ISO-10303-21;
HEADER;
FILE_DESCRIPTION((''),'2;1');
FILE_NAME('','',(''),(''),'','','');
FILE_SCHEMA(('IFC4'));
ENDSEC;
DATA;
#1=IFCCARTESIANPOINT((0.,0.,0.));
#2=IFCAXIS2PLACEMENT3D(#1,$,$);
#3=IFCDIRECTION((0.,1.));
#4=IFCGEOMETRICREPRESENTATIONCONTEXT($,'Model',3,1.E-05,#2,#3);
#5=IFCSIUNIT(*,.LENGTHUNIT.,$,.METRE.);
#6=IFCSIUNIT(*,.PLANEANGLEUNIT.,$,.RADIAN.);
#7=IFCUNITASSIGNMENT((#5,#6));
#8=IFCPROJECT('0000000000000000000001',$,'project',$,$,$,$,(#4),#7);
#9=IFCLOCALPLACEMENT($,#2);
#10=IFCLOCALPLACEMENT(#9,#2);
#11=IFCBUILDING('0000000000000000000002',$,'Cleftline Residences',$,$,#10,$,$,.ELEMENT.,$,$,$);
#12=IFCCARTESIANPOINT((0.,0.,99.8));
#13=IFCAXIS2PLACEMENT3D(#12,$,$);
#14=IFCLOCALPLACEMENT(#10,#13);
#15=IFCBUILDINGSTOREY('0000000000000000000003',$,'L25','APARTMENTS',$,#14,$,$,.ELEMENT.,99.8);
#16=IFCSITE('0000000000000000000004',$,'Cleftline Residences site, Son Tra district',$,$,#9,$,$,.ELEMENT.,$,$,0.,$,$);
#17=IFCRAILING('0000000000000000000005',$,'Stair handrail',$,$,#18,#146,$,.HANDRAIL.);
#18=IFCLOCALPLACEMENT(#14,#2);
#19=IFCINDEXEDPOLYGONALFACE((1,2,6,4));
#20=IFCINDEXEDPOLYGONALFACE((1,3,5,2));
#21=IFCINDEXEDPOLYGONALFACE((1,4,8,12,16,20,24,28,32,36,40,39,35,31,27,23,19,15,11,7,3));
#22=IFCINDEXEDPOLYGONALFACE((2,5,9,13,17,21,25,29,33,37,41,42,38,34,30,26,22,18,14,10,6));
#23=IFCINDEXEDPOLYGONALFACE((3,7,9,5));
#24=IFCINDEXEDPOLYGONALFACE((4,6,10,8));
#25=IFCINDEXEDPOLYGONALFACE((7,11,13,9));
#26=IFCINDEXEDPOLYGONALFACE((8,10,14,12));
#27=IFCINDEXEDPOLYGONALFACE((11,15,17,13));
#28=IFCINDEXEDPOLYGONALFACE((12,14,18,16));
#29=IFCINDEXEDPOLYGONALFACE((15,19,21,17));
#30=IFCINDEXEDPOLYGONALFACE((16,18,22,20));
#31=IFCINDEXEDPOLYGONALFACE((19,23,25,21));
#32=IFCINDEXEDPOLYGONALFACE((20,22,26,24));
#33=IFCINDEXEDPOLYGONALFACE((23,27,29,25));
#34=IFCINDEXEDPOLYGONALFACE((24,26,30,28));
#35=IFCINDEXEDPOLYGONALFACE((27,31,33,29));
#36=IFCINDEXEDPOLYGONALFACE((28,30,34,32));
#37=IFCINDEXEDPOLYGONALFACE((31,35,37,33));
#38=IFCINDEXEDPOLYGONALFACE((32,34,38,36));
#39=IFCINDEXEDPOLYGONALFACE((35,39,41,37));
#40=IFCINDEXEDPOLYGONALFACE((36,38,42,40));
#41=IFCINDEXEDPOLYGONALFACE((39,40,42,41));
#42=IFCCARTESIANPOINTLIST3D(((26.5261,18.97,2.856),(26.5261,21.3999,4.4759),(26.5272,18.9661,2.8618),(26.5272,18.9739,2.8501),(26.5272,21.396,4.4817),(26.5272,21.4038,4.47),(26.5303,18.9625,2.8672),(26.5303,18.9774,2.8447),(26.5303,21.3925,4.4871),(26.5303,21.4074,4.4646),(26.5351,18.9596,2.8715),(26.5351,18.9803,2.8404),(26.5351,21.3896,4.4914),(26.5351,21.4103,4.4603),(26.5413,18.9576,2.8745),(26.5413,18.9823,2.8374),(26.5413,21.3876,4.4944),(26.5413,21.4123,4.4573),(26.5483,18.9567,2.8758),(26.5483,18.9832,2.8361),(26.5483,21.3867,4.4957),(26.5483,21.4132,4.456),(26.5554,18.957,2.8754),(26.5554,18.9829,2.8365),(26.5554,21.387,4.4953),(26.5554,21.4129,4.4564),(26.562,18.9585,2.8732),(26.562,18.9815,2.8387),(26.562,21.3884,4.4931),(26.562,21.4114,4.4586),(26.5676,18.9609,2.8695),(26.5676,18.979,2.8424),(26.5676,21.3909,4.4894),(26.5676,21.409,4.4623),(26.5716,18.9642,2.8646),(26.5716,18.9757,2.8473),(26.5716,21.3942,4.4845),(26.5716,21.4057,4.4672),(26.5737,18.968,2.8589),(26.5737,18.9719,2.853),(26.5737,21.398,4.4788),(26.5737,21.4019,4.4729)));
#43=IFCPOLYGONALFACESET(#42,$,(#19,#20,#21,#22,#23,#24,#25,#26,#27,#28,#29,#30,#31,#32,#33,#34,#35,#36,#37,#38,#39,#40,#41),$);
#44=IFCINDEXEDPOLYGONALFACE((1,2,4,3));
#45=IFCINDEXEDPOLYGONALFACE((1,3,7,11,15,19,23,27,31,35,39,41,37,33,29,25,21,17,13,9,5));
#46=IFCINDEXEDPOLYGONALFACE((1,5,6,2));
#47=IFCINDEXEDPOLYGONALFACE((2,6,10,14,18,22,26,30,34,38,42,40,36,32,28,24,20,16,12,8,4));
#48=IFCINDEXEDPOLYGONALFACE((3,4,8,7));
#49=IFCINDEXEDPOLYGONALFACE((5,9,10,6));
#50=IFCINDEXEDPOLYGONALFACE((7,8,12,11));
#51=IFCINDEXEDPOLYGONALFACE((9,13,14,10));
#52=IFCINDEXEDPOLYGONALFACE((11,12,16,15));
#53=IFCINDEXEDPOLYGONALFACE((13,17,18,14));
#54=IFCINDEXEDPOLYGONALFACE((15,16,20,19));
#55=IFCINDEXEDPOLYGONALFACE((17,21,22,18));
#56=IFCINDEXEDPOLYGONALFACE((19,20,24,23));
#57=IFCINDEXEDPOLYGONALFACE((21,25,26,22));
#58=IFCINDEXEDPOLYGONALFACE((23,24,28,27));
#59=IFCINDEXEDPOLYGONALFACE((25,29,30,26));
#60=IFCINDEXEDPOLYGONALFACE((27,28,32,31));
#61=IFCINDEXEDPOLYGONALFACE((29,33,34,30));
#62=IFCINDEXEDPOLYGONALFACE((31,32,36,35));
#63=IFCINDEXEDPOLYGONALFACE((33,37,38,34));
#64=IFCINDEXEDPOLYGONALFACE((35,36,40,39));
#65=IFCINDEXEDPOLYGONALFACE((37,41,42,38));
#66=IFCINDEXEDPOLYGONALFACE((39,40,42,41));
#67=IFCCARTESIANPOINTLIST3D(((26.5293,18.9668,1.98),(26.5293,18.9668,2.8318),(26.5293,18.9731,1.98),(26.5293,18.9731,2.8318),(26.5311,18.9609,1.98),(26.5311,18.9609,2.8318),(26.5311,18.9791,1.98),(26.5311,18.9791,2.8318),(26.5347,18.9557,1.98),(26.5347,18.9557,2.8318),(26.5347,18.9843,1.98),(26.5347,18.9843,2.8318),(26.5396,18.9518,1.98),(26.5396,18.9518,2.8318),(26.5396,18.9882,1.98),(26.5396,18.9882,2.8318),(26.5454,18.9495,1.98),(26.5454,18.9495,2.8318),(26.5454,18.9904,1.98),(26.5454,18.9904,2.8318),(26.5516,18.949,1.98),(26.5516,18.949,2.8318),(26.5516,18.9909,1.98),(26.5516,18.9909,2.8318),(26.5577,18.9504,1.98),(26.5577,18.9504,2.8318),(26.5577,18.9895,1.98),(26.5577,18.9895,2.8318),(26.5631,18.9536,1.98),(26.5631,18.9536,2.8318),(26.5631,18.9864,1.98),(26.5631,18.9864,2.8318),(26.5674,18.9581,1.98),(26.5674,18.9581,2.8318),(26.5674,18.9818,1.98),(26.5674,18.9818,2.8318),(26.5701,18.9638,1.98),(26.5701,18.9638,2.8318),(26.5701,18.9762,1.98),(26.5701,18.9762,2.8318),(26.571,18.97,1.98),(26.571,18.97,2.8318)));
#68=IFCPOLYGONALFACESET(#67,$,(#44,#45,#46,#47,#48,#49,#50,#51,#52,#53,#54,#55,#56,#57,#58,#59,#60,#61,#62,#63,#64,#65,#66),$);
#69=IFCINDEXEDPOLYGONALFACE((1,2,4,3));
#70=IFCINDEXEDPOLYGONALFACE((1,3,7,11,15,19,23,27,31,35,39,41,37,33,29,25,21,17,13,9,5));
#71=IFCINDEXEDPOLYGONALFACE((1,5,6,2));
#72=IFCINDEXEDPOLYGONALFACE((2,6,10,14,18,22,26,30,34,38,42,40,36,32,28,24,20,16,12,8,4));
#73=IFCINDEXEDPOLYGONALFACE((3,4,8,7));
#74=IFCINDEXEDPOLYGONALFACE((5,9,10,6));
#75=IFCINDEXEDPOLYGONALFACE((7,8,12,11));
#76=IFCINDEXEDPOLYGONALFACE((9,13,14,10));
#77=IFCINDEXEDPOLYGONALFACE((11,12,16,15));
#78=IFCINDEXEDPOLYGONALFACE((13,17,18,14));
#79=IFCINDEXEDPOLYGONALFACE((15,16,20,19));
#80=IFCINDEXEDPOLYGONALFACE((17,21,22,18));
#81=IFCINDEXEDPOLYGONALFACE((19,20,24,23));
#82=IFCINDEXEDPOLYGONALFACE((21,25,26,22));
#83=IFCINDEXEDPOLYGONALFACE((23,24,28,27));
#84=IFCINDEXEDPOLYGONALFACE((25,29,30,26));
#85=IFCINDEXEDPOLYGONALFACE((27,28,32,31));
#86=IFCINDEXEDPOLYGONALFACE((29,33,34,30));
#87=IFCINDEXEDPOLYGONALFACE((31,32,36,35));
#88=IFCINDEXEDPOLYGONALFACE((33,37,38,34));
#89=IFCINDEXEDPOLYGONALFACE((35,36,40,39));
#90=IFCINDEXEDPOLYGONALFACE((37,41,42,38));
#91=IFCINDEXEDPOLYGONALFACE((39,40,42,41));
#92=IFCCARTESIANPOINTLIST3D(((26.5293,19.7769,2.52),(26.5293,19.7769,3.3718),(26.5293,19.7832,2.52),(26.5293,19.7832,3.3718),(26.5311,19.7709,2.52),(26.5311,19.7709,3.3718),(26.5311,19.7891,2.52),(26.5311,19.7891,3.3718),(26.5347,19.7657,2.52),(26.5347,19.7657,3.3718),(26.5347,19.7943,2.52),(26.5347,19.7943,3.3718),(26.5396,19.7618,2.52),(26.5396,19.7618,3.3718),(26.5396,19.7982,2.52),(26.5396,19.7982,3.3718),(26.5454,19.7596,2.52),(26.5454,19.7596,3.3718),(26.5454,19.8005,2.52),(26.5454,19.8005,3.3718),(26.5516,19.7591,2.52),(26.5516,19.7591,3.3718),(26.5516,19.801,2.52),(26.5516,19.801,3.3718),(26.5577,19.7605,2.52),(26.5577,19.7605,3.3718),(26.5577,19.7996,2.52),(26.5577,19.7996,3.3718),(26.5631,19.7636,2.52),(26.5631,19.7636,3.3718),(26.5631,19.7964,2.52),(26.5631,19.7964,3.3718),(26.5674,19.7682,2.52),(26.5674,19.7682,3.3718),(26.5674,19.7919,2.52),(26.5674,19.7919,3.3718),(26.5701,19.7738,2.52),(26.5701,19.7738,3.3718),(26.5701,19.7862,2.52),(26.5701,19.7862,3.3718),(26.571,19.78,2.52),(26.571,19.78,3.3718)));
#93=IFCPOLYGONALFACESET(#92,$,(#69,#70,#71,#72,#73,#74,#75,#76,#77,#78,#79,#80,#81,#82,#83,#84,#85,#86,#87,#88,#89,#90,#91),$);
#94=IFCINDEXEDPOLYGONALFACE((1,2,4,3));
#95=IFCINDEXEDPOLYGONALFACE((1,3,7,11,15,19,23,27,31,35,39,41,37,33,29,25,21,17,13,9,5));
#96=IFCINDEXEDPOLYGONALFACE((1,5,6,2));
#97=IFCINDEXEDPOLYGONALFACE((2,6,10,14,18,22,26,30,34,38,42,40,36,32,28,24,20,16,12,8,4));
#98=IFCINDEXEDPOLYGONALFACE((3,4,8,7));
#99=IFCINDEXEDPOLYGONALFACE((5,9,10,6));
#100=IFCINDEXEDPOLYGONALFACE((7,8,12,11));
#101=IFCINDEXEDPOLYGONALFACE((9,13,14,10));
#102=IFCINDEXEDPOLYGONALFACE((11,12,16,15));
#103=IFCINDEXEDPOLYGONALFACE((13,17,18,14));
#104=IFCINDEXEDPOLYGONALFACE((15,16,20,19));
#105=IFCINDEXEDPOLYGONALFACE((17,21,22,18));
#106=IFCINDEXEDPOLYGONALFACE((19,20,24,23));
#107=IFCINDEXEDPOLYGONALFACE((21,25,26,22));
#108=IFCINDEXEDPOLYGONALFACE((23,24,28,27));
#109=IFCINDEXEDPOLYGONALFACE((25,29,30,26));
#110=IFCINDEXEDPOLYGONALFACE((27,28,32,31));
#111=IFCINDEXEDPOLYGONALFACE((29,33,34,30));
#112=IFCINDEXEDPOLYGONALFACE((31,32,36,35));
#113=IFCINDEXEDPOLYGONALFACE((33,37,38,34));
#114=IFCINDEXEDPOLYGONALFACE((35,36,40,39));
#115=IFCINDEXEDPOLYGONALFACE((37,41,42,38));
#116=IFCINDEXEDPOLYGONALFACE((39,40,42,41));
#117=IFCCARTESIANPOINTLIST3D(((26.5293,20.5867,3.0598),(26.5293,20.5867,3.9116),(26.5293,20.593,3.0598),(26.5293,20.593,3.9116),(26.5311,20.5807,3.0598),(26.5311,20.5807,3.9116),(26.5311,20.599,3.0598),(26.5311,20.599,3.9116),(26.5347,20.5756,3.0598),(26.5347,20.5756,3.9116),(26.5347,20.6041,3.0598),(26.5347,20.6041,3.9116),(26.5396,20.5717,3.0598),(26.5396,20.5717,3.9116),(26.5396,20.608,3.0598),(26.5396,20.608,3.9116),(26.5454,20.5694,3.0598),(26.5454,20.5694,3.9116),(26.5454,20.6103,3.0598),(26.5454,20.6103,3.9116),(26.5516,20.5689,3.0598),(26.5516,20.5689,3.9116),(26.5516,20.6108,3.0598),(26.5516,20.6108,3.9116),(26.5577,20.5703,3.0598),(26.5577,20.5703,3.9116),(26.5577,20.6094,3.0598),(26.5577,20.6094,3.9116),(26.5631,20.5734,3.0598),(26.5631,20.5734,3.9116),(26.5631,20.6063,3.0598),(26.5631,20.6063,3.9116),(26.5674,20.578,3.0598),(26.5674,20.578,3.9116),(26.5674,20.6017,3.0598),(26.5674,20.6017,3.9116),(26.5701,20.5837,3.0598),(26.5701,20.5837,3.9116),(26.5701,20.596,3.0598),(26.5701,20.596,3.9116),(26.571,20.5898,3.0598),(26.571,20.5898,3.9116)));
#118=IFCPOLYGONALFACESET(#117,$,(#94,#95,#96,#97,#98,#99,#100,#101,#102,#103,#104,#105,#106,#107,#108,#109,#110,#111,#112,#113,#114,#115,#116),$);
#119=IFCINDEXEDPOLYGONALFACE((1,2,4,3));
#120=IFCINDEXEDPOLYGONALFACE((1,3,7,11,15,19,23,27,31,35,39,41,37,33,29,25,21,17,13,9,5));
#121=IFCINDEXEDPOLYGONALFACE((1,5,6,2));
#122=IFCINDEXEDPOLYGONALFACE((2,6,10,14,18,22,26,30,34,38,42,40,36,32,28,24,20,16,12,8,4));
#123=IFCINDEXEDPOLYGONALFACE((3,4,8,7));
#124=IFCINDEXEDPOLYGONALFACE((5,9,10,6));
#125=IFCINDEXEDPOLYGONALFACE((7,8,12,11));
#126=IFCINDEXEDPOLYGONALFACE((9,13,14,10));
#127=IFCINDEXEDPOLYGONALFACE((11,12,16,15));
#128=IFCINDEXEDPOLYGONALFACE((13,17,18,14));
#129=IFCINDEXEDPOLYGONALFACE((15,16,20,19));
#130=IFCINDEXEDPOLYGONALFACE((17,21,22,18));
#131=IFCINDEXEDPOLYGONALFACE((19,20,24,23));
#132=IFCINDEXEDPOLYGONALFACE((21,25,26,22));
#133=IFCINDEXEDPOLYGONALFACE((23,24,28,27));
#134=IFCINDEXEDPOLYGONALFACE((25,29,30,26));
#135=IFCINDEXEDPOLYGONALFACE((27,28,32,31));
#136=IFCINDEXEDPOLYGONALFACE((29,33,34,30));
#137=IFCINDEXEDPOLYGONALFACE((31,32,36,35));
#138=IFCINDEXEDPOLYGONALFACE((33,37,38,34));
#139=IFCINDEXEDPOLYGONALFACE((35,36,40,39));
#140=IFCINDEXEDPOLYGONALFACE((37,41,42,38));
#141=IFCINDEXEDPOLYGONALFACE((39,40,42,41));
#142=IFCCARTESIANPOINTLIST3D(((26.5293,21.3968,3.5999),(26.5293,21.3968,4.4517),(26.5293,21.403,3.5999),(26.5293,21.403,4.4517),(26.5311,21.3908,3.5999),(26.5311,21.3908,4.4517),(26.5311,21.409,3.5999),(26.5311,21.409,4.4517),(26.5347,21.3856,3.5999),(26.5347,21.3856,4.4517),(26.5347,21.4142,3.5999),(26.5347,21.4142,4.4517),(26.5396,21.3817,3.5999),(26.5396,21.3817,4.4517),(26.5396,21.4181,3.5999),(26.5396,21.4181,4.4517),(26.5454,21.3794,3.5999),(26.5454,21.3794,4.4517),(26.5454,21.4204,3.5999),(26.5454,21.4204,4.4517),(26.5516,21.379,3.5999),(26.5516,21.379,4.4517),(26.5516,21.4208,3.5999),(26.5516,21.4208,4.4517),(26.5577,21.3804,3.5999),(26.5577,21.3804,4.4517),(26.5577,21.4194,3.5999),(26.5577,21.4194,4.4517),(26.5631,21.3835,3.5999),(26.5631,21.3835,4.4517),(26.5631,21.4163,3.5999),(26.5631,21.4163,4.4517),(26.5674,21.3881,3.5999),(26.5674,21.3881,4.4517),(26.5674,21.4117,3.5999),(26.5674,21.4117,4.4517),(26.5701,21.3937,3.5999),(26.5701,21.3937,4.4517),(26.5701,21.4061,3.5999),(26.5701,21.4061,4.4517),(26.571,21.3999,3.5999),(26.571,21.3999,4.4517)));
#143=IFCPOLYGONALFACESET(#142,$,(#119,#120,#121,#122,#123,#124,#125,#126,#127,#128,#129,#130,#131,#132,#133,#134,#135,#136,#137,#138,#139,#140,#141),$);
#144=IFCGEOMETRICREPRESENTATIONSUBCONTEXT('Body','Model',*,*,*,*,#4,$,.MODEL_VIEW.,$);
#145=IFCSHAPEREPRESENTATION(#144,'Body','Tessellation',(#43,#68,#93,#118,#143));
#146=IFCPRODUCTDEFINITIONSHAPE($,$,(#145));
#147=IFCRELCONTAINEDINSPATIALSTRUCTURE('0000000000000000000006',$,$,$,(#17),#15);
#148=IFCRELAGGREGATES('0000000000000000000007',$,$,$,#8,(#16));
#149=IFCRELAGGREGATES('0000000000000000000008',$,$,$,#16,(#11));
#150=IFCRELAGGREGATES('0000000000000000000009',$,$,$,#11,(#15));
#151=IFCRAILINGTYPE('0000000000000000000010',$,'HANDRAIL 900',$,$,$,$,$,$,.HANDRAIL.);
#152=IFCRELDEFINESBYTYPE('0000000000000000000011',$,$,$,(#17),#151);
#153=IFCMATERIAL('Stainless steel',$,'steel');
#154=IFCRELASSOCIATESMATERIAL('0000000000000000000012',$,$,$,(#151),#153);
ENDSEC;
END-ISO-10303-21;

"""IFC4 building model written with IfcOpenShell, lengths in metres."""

from ifc_helpers import new_model, si_unit, direction, frame, origin, origin_2d, place, context, subcontext, project, spatial, circle, extrude, material, type_object, element, save


model = new_model("IFC4")

# Units and contexts
model_context = context("Model", 3, precision=1e-05, world=origin(), true_north=direction((0.0, 1.0)))
body_context = subcontext(model_context, "Body", "Model", "MODEL_VIEW")
ifc_project = project(units=[si_unit("LENGTHUNIT", "METRE"), si_unit("PLANEANGLEUNIT", "RADIAN")], contexts=[model_context])

# Site, building, storey
site_placement = place(None, origin())
site = spatial("IfcSite", under=ifc_project, at=site_placement, Name="Cleftline Residences site, Son Tra district", CompositionType="ELEMENT", RefElevation=0.0)
building_placement = place(site_placement, origin())
building = spatial("IfcBuilding", under=site, at=building_placement, Name="Cleftline Residences", CompositionType="ELEMENT")
storey_placement = place(building_placement, frame((0.0, 0.0, 99.8)))
storey = spatial("IfcBuildingStorey", under=building, at=storey_placement, Name="L25", Description="APARTMENTS", CompositionType="ELEMENT", Elevation=99.8)

# Railing
ifc_material_1 = material(Name="Stainless steel", Category="steel")
railing_type = type_object("IfcRailingType", Name="HANDRAIL 900", PredefinedType="HANDRAIL", material=ifc_material_1)
railing_1_placement = place(storey_placement, frame((26.55, 18.97, 1.98)))
element("IfcRailing", 1, at=railing_1_placement, inside=storey, type_object=railing_type, Name="Stair handrail", PredefinedType="HANDRAIL", context=body_context, shape_type="SweptSolid", body=[
    extrude(circle(Radius=0.0239, at=origin_2d()), frame((0.0, 0.0, 0.876), z_axis=(0.0, 0.832063, 0.554681), x_axis=(-1.0, 0.0, 0.0)), (0.0, 0.0, 1.0), 2.9204),
    extrude(circle(Radius=0.021, at=origin_2d()), origin(), (0.0, 0.0, 1.0), 0.8518),
    extrude(circle(Radius=0.021, at=origin_2d()), frame((0.0, 0.8101, 0.54)), (0.0, 0.0, 1.0), 0.8518),
    extrude(circle(Radius=0.021, at=origin_2d()), frame((0.0, 1.6199, 1.0798)), (0.0, 0.0, 1.0), 0.8518),
    extrude(circle(Radius=0.021, at=origin_2d()), frame((0.0, 2.4299, 1.6199)), (0.0, 0.0, 1.0), 0.8518),
])

save(model, "model.ifc")
